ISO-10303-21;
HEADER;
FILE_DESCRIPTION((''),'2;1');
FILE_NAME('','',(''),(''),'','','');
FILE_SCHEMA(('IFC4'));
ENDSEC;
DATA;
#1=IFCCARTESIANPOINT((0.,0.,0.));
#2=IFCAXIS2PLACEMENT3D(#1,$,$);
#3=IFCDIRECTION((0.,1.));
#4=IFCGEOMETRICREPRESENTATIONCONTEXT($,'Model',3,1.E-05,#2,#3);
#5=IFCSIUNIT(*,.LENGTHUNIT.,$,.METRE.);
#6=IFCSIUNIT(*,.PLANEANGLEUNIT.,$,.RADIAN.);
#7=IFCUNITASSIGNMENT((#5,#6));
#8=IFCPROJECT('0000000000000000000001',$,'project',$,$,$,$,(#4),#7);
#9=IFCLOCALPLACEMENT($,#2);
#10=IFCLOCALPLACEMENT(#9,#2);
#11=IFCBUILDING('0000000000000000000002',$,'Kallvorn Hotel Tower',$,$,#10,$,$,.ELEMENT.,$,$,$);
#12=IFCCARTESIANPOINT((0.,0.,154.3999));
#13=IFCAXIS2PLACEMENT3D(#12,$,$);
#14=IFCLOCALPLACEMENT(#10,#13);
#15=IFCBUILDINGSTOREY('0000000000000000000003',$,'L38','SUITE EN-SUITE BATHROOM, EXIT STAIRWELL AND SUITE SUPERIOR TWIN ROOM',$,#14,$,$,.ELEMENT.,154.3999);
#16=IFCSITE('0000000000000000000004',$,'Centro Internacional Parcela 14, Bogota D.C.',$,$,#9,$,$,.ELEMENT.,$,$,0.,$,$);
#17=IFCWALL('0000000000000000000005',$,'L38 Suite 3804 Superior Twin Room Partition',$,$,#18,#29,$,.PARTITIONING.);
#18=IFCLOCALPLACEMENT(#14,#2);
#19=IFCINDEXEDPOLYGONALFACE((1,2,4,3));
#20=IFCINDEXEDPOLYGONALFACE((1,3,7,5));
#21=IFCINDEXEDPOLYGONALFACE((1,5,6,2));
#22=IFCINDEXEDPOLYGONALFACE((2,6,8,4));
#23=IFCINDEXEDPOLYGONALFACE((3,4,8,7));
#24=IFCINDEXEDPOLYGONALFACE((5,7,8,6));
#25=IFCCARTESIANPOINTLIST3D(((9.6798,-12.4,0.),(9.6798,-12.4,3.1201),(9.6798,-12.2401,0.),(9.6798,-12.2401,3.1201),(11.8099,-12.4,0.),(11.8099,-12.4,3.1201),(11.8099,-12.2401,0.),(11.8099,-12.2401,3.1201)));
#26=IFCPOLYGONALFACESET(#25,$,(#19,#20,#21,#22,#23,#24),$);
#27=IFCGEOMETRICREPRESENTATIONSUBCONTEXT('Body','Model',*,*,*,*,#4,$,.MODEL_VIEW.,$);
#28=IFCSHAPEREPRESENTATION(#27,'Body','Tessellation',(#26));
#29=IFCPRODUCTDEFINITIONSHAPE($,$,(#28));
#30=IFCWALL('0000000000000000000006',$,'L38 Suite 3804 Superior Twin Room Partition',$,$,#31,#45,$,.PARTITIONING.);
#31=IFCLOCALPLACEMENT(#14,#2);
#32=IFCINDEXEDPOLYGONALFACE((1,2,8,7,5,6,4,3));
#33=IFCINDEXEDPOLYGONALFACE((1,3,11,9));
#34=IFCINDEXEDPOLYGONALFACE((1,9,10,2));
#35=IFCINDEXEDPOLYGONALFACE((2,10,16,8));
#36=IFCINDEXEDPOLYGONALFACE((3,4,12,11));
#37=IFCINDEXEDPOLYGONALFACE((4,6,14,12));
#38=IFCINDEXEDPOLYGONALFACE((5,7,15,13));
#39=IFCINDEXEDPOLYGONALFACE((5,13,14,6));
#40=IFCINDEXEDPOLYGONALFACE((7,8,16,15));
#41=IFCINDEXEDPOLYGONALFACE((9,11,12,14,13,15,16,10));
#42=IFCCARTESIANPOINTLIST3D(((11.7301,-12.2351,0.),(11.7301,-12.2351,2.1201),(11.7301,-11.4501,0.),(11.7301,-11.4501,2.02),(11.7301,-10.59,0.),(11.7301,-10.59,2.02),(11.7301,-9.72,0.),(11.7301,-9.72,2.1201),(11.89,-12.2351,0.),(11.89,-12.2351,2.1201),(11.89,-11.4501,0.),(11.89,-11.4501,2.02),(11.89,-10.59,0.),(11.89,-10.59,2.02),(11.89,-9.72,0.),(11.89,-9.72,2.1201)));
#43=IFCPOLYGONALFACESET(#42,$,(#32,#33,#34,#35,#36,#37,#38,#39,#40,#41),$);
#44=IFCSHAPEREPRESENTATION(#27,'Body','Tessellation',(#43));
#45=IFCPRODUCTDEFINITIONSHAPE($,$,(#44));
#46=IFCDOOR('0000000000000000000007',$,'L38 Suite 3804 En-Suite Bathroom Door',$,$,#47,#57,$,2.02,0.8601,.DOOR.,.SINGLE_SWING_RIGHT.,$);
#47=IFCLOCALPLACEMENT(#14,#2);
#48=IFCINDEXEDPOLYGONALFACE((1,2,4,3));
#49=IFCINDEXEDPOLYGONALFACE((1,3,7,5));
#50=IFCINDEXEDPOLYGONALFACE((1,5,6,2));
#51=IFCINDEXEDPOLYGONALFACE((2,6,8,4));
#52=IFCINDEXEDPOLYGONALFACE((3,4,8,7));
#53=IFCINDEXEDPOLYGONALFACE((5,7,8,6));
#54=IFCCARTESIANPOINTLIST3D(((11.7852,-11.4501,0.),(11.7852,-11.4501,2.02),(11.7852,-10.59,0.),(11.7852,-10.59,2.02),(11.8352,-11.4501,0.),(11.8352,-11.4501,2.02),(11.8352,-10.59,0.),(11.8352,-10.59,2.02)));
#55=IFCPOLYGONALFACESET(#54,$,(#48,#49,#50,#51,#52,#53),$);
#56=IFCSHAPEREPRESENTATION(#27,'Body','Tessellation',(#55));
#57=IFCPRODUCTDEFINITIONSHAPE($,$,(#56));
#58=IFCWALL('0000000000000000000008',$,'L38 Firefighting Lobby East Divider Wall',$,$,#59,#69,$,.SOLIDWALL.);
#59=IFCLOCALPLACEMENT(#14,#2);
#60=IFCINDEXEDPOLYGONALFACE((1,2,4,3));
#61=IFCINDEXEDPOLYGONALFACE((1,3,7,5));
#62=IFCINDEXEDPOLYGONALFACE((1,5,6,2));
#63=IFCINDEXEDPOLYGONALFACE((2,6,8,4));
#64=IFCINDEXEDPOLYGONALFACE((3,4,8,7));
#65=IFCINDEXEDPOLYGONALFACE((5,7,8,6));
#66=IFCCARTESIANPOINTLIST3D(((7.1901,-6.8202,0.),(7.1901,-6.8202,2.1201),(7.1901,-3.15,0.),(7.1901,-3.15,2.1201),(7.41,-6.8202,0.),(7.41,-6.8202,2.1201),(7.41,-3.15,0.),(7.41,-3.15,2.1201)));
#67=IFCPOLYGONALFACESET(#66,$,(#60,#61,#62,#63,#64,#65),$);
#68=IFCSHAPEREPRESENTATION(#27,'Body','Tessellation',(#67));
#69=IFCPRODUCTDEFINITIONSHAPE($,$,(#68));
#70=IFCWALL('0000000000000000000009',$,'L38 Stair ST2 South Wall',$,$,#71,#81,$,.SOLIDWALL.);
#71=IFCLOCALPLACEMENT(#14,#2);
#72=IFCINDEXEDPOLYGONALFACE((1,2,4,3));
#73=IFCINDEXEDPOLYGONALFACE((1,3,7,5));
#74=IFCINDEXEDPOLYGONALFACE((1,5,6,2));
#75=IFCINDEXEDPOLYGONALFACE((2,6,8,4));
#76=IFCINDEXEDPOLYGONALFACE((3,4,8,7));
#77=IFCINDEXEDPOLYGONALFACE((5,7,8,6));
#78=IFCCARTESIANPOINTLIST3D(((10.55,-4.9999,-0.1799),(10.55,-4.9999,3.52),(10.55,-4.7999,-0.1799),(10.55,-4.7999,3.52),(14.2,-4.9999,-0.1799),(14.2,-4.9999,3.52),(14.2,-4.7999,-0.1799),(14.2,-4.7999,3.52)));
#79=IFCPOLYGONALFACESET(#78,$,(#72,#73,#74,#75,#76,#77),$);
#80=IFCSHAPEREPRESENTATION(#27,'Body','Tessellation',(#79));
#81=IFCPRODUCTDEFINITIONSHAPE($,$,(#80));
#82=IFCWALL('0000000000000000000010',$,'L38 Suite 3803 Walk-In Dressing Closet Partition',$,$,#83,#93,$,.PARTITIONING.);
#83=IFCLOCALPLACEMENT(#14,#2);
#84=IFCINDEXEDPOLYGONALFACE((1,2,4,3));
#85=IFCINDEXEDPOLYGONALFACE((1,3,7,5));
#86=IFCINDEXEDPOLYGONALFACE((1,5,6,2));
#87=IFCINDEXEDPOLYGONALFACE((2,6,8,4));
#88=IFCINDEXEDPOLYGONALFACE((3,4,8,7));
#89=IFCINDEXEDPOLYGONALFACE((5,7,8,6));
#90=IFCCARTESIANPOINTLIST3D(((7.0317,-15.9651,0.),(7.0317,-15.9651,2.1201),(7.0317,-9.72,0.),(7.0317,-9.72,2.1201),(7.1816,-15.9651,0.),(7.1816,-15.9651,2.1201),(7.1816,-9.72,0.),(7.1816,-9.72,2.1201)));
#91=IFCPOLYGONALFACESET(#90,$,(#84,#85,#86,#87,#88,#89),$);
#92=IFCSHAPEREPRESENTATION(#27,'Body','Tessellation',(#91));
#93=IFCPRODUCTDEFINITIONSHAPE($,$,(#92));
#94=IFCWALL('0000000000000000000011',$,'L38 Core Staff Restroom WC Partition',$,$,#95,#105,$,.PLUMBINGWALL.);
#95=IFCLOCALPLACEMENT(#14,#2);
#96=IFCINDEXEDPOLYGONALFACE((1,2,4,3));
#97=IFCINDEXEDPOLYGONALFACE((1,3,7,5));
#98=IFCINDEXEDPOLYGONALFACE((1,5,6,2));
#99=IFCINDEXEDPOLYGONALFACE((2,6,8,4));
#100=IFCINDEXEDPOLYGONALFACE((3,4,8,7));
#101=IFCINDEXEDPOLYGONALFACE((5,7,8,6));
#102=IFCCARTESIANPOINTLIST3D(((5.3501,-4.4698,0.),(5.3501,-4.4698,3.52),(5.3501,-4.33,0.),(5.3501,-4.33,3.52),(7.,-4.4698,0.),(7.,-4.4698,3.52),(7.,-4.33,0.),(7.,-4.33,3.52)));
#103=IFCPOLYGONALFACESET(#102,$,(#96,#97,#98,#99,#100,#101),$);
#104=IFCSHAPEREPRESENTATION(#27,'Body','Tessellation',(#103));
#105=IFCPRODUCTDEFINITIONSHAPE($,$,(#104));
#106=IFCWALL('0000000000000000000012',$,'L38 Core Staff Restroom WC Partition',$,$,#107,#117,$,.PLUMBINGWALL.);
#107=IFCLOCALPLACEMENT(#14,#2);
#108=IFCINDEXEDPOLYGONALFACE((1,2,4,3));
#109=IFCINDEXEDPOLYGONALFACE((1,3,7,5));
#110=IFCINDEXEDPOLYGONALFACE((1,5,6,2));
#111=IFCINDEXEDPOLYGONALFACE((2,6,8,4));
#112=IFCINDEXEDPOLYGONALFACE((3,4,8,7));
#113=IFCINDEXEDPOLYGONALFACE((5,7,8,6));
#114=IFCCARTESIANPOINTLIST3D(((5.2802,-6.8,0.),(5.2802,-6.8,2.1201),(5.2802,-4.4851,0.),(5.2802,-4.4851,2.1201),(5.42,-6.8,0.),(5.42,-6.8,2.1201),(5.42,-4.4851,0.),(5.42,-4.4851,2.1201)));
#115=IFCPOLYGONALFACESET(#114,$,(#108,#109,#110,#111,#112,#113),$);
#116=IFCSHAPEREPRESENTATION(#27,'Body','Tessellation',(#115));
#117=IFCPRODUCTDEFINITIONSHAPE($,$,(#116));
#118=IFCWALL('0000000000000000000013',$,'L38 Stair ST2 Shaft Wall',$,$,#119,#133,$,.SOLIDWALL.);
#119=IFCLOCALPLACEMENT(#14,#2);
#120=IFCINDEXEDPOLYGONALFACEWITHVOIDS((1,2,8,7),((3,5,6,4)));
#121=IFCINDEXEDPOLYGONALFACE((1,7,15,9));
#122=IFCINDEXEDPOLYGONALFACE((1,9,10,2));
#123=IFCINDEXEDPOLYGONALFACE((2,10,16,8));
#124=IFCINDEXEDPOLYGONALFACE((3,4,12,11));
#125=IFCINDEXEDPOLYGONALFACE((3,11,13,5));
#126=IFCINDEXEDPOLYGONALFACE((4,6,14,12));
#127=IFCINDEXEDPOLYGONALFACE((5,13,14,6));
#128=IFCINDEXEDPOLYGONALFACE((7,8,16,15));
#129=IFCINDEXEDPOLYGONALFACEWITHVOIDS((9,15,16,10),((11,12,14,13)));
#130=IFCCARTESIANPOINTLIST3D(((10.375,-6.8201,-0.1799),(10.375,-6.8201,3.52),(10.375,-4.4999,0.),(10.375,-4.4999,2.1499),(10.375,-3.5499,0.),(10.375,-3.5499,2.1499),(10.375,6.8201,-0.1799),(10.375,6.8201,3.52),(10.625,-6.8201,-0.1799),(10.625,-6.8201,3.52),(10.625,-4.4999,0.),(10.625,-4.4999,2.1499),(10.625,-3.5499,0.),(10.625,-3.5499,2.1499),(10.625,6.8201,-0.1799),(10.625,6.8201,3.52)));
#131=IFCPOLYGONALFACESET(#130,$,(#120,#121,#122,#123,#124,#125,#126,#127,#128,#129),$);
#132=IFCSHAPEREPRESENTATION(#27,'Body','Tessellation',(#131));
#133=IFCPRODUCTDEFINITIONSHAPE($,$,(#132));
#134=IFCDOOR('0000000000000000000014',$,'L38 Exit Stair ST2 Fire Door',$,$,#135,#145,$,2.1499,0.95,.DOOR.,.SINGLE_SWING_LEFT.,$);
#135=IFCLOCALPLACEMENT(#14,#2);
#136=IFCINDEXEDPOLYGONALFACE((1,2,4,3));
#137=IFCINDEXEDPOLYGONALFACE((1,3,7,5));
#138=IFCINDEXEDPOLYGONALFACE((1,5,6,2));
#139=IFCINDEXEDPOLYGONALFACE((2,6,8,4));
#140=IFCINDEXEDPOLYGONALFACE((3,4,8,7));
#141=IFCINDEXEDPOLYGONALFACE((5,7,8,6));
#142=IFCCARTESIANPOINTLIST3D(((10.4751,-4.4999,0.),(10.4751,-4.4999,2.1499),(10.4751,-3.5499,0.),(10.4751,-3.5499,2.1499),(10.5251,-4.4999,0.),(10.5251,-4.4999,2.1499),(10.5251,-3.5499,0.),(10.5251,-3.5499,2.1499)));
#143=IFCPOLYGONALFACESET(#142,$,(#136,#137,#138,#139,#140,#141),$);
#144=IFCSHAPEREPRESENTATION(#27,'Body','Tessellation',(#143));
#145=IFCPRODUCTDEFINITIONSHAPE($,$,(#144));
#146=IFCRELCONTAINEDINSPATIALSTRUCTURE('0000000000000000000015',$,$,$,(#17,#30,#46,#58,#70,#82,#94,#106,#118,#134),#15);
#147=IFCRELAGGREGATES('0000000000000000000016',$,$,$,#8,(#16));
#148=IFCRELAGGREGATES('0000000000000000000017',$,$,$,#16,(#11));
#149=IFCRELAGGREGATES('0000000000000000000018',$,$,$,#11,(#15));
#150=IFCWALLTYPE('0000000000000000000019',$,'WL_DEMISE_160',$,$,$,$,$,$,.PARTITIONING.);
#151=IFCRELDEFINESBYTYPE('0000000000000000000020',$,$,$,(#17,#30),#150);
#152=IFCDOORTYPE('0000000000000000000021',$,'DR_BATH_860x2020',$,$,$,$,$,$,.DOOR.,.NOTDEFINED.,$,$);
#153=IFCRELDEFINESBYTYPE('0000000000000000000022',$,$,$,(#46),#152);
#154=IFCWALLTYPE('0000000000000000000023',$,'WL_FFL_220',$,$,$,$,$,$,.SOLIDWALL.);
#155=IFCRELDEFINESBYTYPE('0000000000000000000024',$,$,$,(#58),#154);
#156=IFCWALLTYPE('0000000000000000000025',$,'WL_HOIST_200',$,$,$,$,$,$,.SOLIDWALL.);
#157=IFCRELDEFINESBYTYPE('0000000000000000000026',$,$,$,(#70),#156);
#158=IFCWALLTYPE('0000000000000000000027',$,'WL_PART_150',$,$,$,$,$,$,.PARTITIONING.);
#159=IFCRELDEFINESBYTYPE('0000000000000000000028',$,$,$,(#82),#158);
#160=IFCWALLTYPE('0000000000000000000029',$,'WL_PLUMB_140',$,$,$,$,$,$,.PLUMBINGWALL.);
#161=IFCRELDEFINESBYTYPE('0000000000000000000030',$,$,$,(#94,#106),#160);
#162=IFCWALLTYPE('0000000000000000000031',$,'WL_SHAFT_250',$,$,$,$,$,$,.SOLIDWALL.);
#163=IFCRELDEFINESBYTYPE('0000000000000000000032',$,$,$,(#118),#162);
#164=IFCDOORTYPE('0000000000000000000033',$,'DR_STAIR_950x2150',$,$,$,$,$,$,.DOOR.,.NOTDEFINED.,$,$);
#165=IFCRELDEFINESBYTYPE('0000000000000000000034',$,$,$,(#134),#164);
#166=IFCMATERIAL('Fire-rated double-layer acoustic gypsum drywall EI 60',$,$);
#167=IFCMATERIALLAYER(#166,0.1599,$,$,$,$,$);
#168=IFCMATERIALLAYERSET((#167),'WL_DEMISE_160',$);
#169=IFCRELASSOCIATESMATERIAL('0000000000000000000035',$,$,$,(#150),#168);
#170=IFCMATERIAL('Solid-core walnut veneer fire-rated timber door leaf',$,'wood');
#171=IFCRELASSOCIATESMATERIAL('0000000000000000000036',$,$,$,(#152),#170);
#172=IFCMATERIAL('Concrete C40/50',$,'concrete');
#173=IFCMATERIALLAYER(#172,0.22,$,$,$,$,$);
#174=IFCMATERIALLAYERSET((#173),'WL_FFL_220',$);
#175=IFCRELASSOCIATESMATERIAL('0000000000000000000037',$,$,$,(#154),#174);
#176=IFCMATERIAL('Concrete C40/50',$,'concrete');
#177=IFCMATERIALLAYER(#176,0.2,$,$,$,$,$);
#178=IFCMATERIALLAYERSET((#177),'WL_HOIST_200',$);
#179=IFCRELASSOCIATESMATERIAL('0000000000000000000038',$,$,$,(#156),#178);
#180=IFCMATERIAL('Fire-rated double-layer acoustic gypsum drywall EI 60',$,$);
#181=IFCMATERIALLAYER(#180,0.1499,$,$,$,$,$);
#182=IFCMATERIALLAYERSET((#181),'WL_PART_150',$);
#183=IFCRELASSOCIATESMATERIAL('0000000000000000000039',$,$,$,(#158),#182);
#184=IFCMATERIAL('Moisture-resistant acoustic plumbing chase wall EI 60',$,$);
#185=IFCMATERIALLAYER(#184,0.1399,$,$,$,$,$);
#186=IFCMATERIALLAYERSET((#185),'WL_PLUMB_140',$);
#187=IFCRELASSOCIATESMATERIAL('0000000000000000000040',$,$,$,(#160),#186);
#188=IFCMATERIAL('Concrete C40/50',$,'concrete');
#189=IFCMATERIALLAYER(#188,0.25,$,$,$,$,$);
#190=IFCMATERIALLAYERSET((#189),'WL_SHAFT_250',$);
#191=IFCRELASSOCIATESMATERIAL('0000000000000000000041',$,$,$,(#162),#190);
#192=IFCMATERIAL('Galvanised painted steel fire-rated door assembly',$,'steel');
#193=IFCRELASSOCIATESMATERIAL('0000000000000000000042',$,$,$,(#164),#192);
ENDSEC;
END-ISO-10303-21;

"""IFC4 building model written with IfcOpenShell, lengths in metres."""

from ifc_helpers import new_model, si_unit, direction, frame, frame_2d, origin, place, context, subcontext, project, spatial, rectangle, extrude, material, layer, layer_set, type_object, element, fill, save


model = new_model("IFC4")

# Units and contexts
model_context = context("Model", 3, precision=1e-05, world=origin(), true_north=direction((0.0, 1.0)))
body_context = subcontext(model_context, "Body", "Model", "MODEL_VIEW")
ifc_project = project(units=[si_unit("LENGTHUNIT", "METRE"), si_unit("PLANEANGLEUNIT", "RADIAN")], contexts=[model_context])

# Site, building, storey
site_placement = place(None, origin())
site = spatial("IfcSite", under=ifc_project, at=site_placement, Name="Centro Internacional Parcela 14, Bogota D.C.", CompositionType="ELEMENT", RefElevation=0.0)
building_placement = place(site_placement, origin())
building = spatial("IfcBuilding", under=site, at=building_placement, Name="Kallvorn Hotel Tower", CompositionType="ELEMENT")
storey_placement = place(building_placement, frame((0.0, 0.0, 154.3999)))
storey = spatial("IfcBuildingStorey", under=building, at=storey_placement, Name="L38", Description="SUITE EN-SUITE BATHROOM, EXIT STAIRWELL AND SUITE SUPERIOR TWIN ROOM", CompositionType="ELEMENT", Elevation=154.3999)

# Wall
ifc_material_1 = material(Name="Fire-rated double-layer acoustic gypsum drywall EI 60")
ifc_layer_1 = layer(ifc_material_1, 0.1599)
ifc_layer_set_1 = layer_set([ifc_layer_1], Name="WL_DEMISE_160")
wall_type_1 = type_object("IfcWallType", Name="WL_DEMISE_160", PredefinedType="PARTITIONING", material=ifc_layer_set_1)
wall_1_placement = place(storey_placement, frame((9.6799, -12.3201, 0.0), z_axis=(0.0, 0.0, 1.0), x_axis=(1.0, 0.0, 0.0)))
element("IfcWall", 1, at=wall_1_placement, inside=storey, type_object=wall_type_1, Name="L38 Suite 3804 Superior Twin Room Partition", PredefinedType="PARTITIONING", context=body_context, shape_type="SweptSolid", body=[
    extrude(rectangle(XDim=2.1301, YDim=0.1599, at=frame_2d((1.0649, 0.0))), origin(), (0.0, 0.0, 1.0), 3.1201),
])

# Wall, opening, door
wall_2_placement = place(storey_placement, frame((11.8101, -12.2351, 0.0), z_axis=(0.0, 0.0, 1.0), x_axis=(0.0, 1.0, 0.0)))
wall_2 = element("IfcWall", 2, at=wall_2_placement, inside=storey, type_object=wall_type_1, Name="L38 Suite 3804 Superior Twin Room Partition", PredefinedType="PARTITIONING", context=body_context, shape_type="SweptSolid", body=[
    extrude(rectangle(XDim=2.5151, YDim=0.1599, at=frame_2d((1.2576, 0.0))), origin(), (0.0, 0.0, 1.0), 2.1201),
])
opening_1_placement = place(wall_2_placement, frame((0.7849, 0.0, 0.0)))
opening_1 = element("IfcOpeningElement", 3, at=opening_1_placement, cuts=wall_2, PredefinedType="OPENING", context=body_context, shape_type="SweptSolid", body=[
    extrude(rectangle(XDim=0.8601, YDim=2.02, at=frame_2d((0.4302, 1.01))), frame((0.0, 0.095, 0.0), z_axis=(0.0, -1.0, 0.0), x_axis=(1.0, 0.0, 0.0)), (0.0, 0.0, 1.0), 0.1899),
])
ifc_material_2 = material(Name="Solid-core walnut veneer fire-rated timber door leaf", Category="wood")
door_type_1 = type_object("IfcDoorType", Name="DR_BATH_860x2020", OperationType="NOTDEFINED", PredefinedType="DOOR", material=ifc_material_2)
door_1_placement = place(opening_1_placement, origin())
door_1 = element("IfcDoor", 4, at=door_1_placement, inside=storey, type_object=door_type_1, Name="L38 Suite 3804 En-Suite Bathroom Door", OperationType="SINGLE_SWING_RIGHT", OverallHeight=2.02, OverallWidth=0.8601, PredefinedType="DOOR", context=body_context, shape_type="SweptSolid", body=[
    extrude(rectangle(XDim=0.8601, YDim=2.02, at=frame_2d((0.4302, 1.01))), frame((0.0, 0.0249, 0.0), z_axis=(0.0, -1.0, 0.0), x_axis=(1.0, 0.0, 0.0)), (0.0, 0.0, 1.0), 0.05),
])
fill(opening_1, door_1)

# Walls
ifc_material_3 = material(Name="Concrete C40/50", Category="concrete")
ifc_layer_2 = layer(ifc_material_3, 0.22)
ifc_layer_set_2 = layer_set([ifc_layer_2], Name="WL_FFL_220")
wall_type_2 = type_object("IfcWallType", Name="WL_FFL_220", PredefinedType="SOLIDWALL", material=ifc_layer_set_2)
wall_3_placement = place(storey_placement, frame((7.3, -6.8201, 0.0), z_axis=(0.0, 0.0, 1.0), x_axis=(0.0, 1.0, 0.0)))
element("IfcWall", 5, at=wall_3_placement, inside=storey, type_object=wall_type_2, Name="L38 Firefighting Lobby East Divider Wall", PredefinedType="SOLIDWALL", context=body_context, shape_type="SweptSolid", body=[
    extrude(rectangle(XDim=3.6702, YDim=0.22, at=frame_2d((1.835, 0.0))), origin(), (0.0, 0.0, 1.0), 2.1201),
])
ifc_material_4 = material(Name="Concrete C40/50", Category="concrete")
ifc_layer_3 = layer(ifc_material_4, 0.2)
ifc_layer_set_3 = layer_set([ifc_layer_3], Name="WL_HOIST_200")
wall_type_3 = type_object("IfcWallType", Name="WL_HOIST_200", PredefinedType="SOLIDWALL", material=ifc_layer_set_3)
wall_4_placement = place(storey_placement, frame((10.55, -4.8999, -0.1799), z_axis=(0.0, 0.0, 1.0), x_axis=(1.0, 0.0, 0.0)))
element("IfcWall", 6, at=wall_4_placement, inside=storey, type_object=wall_type_3, Name="L38 Stair ST2 South Wall", PredefinedType="SOLIDWALL", context=body_context, shape_type="SweptSolid", body=[
    extrude(rectangle(XDim=3.6499, YDim=0.2, at=frame_2d((1.825, 0.0))), origin(), (0.0, 0.0, 1.0), 3.7),
])
ifc_material_5 = material(Name="Fire-rated double-layer acoustic gypsum drywall EI 60")
ifc_layer_4 = layer(ifc_material_5, 0.1499)
ifc_layer_set_4 = layer_set([ifc_layer_4], Name="WL_PART_150")
wall_type_4 = type_object("IfcWallType", Name="WL_PART_150", PredefinedType="PARTITIONING", material=ifc_layer_set_4)
wall_5_placement = place(storey_placement, frame((7.1067, -15.9651, 0.0), z_axis=(0.0, 0.0, 1.0), x_axis=(0.0, 1.0, 0.0)))
element("IfcWall", 7, at=wall_5_placement, inside=storey, type_object=wall_type_4, Name="L38 Suite 3803 Walk-In Dressing Closet Partition", PredefinedType="PARTITIONING", context=body_context, shape_type="SweptSolid", body=[
    extrude(rectangle(XDim=6.2451, YDim=0.1499, at=frame_2d((3.1226, 0.0))), origin(), (0.0, 0.0, 1.0), 2.1201),
])
ifc_material_6 = material(Name="Moisture-resistant acoustic plumbing chase wall EI 60")
ifc_layer_5 = layer(ifc_material_6, 0.1399)
ifc_layer_set_5 = layer_set([ifc_layer_5], Name="WL_PLUMB_140")
wall_type_5 = type_object("IfcWallType", Name="WL_PLUMB_140", PredefinedType="PLUMBINGWALL", material=ifc_layer_set_5)
wall_6_placement = place(storey_placement, frame((5.3501, -4.3999, 0.0), z_axis=(0.0, 0.0, 1.0), x_axis=(1.0, 0.0, 0.0)))
element("IfcWall", 8, at=wall_6_placement, inside=storey, type_object=wall_type_5, Name="L38 Core Staff Restroom WC Partition", PredefinedType="PLUMBINGWALL", context=body_context, shape_type="SweptSolid", body=[
    extrude(rectangle(XDim=1.6499, YDim=0.1399, at=frame_2d((0.825, 0.0))), origin(), (0.0, 0.0, 1.0), 3.52),
])
wall_7_placement = place(storey_placement, frame((5.3501, -6.8, 0.0), z_axis=(0.0, 0.0, 1.0), x_axis=(0.0, 1.0, 0.0)))
element("IfcWall", 9, at=wall_7_placement, inside=storey, type_object=wall_type_5, Name="L38 Core Staff Restroom WC Partition", PredefinedType="PLUMBINGWALL", context=body_context, shape_type="SweptSolid", body=[
    extrude(rectangle(XDim=2.3149, YDim=0.1399, at=frame_2d((1.1575, 0.0))), origin(), (0.0, 0.0, 1.0), 2.1201),
])

# Wall, opening, door
ifc_material_7 = material(Name="Concrete C40/50", Category="concrete")
ifc_layer_6 = layer(ifc_material_7, 0.25)
ifc_layer_set_6 = layer_set([ifc_layer_6], Name="WL_SHAFT_250")
wall_type_6 = type_object("IfcWallType", Name="WL_SHAFT_250", PredefinedType="SOLIDWALL", material=ifc_layer_set_6)
wall_8_placement = place(storey_placement, frame((10.5, -6.8201, -0.1799), z_axis=(0.0, 0.0, 1.0), x_axis=(0.0, 1.0, 0.0)))
wall_8 = element("IfcWall", 10, at=wall_8_placement, inside=storey, type_object=wall_type_6, Name="L38 Stair ST2 Shaft Wall", PredefinedType="SOLIDWALL", context=body_context, shape_type="SweptSolid", body=[
    extrude(rectangle(XDim=13.6401, YDim=0.25, at=frame_2d((6.8201, 0.0))), origin(), (0.0, 0.0, 1.0), 3.7),
])
opening_2_placement = place(wall_8_placement, frame((2.3201, 0.0, 0.1799)))
opening_2 = element("IfcOpeningElement", 11, at=opening_2_placement, cuts=wall_8, PredefinedType="OPENING", context=body_context, shape_type="SweptSolid", body=[
    extrude(rectangle(XDim=0.95, YDim=2.1499, at=frame_2d((0.4751, 1.075))), frame((0.0, 0.1399, 0.0), z_axis=(0.0, -1.0, 0.0), x_axis=(1.0, 0.0, 0.0)), (0.0, 0.0, 1.0), 0.28),
])
ifc_material_8 = material(Name="Galvanised painted steel fire-rated door assembly", Category="steel")
door_type_2 = type_object("IfcDoorType", Name="DR_STAIR_950x2150", OperationType="NOTDEFINED", PredefinedType="DOOR", material=ifc_material_8)
door_2_placement = place(opening_2_placement, origin())
door_2 = element("IfcDoor", 12, at=door_2_placement, inside=storey, type_object=door_type_2, Name="L38 Exit Stair ST2 Fire Door", OperationType="SINGLE_SWING_LEFT", OverallHeight=2.1499, OverallWidth=0.95, PredefinedType="DOOR", context=body_context, shape_type="SweptSolid", body=[
    extrude(rectangle(XDim=0.95, YDim=2.1499, at=frame_2d((0.4751, 1.075))), frame((0.0, 0.0249, 0.0), z_axis=(0.0, -1.0, 0.0), x_axis=(1.0, 0.0, 0.0)), (0.0, 0.0, 1.0), 0.05),
])
fill(opening_2, door_2)

save(model, "model.ifc")
